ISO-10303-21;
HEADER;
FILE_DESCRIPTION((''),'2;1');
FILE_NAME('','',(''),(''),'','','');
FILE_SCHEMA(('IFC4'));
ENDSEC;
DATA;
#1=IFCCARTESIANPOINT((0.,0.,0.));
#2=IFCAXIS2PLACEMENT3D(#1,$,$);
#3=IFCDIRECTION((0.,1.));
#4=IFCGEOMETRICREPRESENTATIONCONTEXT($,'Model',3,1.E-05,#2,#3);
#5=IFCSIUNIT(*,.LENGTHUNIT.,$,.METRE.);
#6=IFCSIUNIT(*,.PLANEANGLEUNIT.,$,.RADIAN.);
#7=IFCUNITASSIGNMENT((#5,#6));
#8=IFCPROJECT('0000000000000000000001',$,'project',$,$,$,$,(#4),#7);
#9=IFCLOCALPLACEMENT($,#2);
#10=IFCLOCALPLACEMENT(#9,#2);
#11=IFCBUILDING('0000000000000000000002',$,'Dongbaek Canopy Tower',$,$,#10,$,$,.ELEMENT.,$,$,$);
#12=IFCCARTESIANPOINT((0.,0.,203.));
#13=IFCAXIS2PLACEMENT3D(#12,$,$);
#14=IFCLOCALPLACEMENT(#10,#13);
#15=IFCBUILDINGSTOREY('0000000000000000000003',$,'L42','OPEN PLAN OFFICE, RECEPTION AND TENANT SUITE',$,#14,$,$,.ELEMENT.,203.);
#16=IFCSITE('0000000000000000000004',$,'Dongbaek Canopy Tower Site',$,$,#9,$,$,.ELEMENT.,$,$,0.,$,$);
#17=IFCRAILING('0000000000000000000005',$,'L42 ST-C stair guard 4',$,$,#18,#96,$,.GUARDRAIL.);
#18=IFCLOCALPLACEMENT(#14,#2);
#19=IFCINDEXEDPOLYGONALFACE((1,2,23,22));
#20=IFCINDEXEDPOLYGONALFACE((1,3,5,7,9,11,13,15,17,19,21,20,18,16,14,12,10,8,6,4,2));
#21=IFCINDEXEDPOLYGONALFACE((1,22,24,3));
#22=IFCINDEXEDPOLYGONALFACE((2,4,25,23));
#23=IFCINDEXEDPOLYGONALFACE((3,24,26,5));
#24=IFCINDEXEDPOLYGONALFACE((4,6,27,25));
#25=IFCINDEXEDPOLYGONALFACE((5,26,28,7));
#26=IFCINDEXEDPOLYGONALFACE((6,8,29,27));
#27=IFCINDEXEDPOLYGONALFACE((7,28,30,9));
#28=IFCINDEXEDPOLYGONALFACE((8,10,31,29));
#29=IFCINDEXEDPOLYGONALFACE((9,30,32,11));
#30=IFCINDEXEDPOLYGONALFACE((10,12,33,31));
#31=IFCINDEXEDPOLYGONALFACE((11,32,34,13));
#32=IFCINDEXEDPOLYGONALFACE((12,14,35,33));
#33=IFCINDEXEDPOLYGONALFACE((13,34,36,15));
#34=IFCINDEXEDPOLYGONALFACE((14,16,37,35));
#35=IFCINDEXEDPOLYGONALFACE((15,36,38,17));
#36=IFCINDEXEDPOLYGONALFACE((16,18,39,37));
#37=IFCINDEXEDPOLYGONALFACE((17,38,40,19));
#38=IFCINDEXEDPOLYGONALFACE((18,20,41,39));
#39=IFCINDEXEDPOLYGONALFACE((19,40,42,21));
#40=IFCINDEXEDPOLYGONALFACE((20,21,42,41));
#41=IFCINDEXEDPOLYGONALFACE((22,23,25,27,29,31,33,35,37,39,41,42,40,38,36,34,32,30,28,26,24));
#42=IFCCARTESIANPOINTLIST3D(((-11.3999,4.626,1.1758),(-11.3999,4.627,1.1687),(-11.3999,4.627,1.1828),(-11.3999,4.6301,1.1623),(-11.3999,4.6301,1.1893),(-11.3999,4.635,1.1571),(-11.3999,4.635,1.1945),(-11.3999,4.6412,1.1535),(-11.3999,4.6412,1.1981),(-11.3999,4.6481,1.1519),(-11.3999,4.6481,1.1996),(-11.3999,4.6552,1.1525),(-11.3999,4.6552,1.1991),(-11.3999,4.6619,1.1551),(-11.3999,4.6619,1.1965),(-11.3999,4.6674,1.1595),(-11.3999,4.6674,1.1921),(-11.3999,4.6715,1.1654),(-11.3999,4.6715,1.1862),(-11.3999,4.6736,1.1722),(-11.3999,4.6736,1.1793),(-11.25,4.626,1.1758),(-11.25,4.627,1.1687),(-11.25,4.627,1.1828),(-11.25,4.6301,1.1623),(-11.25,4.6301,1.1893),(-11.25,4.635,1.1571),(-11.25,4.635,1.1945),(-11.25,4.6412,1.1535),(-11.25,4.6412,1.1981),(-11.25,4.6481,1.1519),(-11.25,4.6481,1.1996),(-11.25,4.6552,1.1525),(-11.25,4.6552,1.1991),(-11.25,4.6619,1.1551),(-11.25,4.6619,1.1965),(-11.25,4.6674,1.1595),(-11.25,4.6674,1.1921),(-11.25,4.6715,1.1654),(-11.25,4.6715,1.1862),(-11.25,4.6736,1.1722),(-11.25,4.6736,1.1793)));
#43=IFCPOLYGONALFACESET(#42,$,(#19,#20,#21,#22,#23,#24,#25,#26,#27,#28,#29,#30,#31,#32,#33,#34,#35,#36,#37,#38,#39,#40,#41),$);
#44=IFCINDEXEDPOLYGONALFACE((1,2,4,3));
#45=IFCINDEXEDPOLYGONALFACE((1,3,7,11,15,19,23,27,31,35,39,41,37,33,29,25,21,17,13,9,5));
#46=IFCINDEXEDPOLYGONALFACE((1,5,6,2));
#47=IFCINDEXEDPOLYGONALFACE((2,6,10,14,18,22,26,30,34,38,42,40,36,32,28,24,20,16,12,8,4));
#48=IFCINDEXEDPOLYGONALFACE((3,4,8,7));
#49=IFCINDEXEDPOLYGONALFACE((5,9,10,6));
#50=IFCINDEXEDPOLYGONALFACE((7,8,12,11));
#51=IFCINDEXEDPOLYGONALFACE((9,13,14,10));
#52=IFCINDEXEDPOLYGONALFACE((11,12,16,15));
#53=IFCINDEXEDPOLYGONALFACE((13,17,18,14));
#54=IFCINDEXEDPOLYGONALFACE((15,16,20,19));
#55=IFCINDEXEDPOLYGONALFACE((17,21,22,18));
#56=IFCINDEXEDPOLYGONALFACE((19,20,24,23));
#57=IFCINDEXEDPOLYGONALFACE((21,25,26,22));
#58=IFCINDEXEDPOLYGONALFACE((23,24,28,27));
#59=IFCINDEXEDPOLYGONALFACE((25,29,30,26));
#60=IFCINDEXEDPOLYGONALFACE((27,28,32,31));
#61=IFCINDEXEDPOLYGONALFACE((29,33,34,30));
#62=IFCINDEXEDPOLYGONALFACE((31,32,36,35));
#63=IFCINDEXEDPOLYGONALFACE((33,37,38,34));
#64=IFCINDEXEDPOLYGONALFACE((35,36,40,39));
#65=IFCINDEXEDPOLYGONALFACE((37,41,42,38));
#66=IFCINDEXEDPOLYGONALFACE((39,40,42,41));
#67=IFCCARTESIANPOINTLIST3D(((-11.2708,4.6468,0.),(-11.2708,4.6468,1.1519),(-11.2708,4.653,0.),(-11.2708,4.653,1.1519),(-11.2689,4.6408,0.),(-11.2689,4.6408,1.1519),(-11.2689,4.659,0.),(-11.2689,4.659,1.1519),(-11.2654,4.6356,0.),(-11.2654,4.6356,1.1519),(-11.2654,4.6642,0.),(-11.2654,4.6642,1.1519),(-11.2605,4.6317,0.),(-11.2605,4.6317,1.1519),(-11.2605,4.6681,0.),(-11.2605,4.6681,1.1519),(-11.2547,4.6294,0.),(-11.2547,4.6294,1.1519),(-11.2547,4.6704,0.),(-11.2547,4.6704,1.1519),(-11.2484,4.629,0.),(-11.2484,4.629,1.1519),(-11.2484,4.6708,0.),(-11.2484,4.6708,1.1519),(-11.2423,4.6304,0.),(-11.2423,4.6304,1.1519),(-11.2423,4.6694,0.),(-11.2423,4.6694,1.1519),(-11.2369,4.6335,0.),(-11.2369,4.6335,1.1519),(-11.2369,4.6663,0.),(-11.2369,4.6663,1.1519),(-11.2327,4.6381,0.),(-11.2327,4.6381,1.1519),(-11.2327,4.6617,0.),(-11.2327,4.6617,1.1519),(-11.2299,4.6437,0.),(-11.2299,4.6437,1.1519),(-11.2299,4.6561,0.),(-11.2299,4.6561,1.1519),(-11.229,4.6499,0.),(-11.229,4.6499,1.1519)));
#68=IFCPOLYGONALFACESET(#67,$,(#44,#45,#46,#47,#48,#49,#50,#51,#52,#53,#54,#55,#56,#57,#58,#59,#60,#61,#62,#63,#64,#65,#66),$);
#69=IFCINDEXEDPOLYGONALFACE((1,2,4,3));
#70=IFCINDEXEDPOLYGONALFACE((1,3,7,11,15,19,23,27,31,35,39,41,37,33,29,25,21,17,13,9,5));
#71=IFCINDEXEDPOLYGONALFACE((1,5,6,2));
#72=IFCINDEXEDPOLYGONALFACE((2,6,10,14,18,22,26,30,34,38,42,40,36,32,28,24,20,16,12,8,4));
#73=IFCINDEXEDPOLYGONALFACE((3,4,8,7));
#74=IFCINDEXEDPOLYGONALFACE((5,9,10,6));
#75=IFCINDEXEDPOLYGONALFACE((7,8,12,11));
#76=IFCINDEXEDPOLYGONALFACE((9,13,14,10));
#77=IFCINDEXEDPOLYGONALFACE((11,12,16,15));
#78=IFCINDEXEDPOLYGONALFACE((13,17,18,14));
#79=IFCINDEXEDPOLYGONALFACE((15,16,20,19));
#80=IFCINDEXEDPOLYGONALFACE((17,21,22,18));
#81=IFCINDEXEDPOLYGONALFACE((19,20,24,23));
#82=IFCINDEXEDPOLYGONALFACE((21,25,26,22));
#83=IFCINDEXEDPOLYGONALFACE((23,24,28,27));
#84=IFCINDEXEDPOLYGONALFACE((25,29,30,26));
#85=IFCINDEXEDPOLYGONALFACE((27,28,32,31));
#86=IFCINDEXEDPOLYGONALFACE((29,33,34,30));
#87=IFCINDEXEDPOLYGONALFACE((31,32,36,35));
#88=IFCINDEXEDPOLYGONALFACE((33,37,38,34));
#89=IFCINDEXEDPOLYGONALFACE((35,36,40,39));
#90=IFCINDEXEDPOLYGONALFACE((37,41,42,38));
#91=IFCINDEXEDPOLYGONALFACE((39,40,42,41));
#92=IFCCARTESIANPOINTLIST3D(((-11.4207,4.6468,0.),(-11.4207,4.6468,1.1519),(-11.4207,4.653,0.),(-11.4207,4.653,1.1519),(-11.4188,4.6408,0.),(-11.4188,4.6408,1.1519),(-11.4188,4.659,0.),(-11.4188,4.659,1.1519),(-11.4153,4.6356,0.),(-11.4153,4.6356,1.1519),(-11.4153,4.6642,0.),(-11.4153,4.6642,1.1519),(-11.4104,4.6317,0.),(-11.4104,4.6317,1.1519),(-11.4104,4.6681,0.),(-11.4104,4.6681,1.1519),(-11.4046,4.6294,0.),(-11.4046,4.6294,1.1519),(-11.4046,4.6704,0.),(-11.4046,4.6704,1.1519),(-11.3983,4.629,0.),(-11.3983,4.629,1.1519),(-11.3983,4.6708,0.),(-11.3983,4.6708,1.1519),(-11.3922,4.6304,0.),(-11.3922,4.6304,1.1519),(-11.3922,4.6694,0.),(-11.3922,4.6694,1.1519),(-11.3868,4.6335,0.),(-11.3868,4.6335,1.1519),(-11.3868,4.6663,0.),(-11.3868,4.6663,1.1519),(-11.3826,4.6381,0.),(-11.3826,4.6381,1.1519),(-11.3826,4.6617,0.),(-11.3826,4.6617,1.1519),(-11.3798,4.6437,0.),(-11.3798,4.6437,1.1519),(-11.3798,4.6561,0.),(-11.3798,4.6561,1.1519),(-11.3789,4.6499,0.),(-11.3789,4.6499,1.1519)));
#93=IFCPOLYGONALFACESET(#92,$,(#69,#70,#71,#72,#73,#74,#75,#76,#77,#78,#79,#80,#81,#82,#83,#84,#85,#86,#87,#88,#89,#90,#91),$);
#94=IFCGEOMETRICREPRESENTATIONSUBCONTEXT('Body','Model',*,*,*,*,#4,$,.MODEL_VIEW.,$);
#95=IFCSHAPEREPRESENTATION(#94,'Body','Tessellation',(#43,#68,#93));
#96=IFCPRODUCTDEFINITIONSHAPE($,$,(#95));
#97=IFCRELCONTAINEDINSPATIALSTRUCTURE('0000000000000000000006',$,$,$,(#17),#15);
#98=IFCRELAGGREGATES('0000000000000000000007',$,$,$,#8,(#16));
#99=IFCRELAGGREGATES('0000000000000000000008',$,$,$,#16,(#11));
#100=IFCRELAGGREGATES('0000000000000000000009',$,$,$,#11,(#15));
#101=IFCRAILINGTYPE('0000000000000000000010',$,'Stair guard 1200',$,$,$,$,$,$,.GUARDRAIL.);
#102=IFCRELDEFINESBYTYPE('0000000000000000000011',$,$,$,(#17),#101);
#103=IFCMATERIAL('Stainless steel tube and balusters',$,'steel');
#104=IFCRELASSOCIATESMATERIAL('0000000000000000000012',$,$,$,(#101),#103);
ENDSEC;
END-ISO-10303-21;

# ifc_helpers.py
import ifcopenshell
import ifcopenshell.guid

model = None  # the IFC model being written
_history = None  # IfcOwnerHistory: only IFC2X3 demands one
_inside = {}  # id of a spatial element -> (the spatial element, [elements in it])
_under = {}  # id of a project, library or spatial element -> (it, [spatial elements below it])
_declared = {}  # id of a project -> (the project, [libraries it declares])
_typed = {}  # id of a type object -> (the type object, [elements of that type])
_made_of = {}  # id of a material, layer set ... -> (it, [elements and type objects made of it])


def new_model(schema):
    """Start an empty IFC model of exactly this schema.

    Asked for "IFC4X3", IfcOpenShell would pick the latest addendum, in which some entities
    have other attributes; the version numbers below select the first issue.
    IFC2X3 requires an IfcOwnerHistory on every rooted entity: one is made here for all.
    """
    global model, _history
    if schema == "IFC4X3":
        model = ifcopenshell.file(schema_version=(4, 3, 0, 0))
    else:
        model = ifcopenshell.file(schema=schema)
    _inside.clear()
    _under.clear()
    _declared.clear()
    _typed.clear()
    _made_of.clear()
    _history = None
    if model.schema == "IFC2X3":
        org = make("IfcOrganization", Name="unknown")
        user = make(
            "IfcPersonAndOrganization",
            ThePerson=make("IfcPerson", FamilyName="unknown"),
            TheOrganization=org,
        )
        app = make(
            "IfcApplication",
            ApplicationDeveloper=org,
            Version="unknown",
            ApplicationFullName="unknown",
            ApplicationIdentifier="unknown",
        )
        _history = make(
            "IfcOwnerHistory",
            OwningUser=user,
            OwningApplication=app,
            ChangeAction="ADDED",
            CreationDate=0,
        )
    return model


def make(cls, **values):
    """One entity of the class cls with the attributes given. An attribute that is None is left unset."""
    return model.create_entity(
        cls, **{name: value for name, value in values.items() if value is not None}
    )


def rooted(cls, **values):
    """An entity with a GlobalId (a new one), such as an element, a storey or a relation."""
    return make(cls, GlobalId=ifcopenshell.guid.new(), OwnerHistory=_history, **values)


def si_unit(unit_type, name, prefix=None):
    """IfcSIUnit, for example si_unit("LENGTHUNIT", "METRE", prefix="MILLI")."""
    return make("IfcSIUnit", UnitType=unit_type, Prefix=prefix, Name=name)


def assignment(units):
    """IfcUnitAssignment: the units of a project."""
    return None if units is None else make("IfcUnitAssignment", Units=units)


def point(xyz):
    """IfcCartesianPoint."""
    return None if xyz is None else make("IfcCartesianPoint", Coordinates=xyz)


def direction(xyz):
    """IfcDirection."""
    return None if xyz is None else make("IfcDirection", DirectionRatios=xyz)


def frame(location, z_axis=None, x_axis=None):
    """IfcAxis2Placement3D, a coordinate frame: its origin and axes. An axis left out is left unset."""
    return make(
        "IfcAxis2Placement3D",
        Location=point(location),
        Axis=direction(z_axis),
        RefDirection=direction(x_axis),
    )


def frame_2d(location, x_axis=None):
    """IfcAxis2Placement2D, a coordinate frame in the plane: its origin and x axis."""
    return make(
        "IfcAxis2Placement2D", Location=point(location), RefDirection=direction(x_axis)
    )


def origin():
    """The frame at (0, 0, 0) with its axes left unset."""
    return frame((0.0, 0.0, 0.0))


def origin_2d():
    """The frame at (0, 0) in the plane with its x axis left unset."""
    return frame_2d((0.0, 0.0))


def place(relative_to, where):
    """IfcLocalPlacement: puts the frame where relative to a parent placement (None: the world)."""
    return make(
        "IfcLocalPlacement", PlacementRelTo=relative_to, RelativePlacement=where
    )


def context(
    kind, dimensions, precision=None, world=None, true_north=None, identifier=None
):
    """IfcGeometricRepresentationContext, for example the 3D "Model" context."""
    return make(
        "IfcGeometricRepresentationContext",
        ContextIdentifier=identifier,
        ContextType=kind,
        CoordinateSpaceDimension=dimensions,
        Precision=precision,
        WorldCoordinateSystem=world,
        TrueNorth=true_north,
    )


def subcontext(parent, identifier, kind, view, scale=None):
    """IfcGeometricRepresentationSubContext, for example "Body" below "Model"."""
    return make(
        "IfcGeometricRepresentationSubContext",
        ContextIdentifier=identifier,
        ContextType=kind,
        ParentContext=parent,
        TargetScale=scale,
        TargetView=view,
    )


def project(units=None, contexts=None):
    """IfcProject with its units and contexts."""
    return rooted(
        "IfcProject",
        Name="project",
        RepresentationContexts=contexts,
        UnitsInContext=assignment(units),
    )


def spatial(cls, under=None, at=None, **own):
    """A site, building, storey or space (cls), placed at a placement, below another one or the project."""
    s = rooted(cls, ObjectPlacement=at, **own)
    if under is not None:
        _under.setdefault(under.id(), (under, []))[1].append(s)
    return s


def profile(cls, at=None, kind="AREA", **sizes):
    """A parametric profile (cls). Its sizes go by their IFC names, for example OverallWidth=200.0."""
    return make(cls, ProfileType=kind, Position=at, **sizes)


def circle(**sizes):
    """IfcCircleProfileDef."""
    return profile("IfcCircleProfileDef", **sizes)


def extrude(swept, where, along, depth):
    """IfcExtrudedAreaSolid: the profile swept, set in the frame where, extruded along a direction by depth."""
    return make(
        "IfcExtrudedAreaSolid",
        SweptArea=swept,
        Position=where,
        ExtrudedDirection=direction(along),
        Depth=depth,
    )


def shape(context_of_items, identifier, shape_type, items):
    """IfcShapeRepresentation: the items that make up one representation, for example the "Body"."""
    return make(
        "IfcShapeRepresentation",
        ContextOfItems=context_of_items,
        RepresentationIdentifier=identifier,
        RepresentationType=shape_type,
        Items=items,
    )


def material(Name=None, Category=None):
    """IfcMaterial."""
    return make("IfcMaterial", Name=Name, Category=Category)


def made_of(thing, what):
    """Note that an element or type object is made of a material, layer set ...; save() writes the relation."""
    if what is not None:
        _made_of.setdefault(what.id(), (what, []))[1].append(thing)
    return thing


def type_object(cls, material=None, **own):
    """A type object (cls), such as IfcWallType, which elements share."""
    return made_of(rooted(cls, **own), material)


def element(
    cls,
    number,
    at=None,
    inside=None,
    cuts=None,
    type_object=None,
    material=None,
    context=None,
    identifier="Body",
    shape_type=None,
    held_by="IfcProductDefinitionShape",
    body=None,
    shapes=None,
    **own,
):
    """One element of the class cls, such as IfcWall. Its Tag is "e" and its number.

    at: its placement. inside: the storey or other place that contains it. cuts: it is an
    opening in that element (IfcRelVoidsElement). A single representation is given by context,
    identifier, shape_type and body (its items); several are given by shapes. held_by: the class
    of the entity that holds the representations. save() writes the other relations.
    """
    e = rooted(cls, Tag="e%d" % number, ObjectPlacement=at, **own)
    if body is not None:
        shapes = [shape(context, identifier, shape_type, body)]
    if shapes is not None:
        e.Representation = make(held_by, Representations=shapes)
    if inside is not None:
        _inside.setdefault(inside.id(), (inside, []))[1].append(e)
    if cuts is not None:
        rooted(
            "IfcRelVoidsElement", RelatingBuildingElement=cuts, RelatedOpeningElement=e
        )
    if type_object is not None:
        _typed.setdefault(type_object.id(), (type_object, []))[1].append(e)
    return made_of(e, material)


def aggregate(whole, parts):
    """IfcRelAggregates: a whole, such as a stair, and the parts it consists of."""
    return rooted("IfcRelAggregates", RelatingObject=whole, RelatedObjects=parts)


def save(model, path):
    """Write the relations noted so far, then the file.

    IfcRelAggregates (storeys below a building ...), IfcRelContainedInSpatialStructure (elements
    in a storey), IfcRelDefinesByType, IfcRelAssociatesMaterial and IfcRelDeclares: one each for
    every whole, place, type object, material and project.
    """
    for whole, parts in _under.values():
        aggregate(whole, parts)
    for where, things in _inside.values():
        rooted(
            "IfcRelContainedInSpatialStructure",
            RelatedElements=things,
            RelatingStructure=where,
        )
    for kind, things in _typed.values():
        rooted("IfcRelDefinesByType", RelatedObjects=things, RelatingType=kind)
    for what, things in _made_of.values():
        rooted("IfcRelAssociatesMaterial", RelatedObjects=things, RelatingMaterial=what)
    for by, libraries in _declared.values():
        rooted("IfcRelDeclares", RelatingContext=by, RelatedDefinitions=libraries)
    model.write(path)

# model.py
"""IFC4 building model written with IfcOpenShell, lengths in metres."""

from ifc_helpers import new_model, si_unit, direction, frame, origin, origin_2d, place, context, subcontext, project, spatial, circle, extrude, material, type_object, element, save


model = new_model("IFC4")

# Units and contexts
model_context = context("Model", 3, precision=1e-05, world=origin(), true_north=direction((0.0, 1.0)))
body_context = subcontext(model_context, "Body", "Model", "MODEL_VIEW")
ifc_project = project(units=[si_unit("LENGTHUNIT", "METRE"), si_unit("PLANEANGLEUNIT", "RADIAN")], contexts=[model_context])

# Site, building, storey
site_placement = place(None, origin())
site = spatial("IfcSite", under=ifc_project, at=site_placement, Name="Dongbaek Canopy Tower Site", CompositionType="ELEMENT", RefElevation=0.0)
building_placement = place(site_placement, origin())
building = spatial("IfcBuilding", under=site, at=building_placement, Name="Dongbaek Canopy Tower", CompositionType="ELEMENT")
storey_placement = place(building_placement, frame((0.0, 0.0, 203.0)))
storey = spatial("IfcBuildingStorey", under=building, at=storey_placement, Name="L42", Description="OPEN PLAN OFFICE, RECEPTION AND TENANT SUITE", CompositionType="ELEMENT", Elevation=203.0)

# Railing
ifc_material_1 = material(Name="Stainless steel tube and balusters", Category="steel")
railing_type_1 = type_object("IfcRailingType", Name="Stair guard 1200", PredefinedType="GUARDRAIL", material=ifc_material_1)
railing_1_placement = place(storey_placement, frame((-11.25, 4.6499, 0.0)))
element("IfcRailing", 1, at=railing_1_placement, inside=storey, type_object=railing_type_1, Name="L42 ST-C stair guard 4", PredefinedType="GUARDRAIL", context=body_context, shape_type="SweptSolid", body=[
    extrude(circle(Radius=0.0239, at=origin_2d()), frame((0.0, 0.0, 1.1758), z_axis=(-1.0, 0.0, 0.0), x_axis=(0.0, -1.0, 0.0)), (0.0, 0.0, 1.0), 0.1499),
    extrude(circle(Radius=0.021, at=origin_2d()), origin(), (0.0, 0.0, 1.0), 1.1519),
    extrude(circle(Radius=0.021, at=origin_2d()), frame((-0.1499, 0.0, 0.0)), (0.0, 0.0, 1.0), 1.1519),
])

save(model, "model.ifc")
